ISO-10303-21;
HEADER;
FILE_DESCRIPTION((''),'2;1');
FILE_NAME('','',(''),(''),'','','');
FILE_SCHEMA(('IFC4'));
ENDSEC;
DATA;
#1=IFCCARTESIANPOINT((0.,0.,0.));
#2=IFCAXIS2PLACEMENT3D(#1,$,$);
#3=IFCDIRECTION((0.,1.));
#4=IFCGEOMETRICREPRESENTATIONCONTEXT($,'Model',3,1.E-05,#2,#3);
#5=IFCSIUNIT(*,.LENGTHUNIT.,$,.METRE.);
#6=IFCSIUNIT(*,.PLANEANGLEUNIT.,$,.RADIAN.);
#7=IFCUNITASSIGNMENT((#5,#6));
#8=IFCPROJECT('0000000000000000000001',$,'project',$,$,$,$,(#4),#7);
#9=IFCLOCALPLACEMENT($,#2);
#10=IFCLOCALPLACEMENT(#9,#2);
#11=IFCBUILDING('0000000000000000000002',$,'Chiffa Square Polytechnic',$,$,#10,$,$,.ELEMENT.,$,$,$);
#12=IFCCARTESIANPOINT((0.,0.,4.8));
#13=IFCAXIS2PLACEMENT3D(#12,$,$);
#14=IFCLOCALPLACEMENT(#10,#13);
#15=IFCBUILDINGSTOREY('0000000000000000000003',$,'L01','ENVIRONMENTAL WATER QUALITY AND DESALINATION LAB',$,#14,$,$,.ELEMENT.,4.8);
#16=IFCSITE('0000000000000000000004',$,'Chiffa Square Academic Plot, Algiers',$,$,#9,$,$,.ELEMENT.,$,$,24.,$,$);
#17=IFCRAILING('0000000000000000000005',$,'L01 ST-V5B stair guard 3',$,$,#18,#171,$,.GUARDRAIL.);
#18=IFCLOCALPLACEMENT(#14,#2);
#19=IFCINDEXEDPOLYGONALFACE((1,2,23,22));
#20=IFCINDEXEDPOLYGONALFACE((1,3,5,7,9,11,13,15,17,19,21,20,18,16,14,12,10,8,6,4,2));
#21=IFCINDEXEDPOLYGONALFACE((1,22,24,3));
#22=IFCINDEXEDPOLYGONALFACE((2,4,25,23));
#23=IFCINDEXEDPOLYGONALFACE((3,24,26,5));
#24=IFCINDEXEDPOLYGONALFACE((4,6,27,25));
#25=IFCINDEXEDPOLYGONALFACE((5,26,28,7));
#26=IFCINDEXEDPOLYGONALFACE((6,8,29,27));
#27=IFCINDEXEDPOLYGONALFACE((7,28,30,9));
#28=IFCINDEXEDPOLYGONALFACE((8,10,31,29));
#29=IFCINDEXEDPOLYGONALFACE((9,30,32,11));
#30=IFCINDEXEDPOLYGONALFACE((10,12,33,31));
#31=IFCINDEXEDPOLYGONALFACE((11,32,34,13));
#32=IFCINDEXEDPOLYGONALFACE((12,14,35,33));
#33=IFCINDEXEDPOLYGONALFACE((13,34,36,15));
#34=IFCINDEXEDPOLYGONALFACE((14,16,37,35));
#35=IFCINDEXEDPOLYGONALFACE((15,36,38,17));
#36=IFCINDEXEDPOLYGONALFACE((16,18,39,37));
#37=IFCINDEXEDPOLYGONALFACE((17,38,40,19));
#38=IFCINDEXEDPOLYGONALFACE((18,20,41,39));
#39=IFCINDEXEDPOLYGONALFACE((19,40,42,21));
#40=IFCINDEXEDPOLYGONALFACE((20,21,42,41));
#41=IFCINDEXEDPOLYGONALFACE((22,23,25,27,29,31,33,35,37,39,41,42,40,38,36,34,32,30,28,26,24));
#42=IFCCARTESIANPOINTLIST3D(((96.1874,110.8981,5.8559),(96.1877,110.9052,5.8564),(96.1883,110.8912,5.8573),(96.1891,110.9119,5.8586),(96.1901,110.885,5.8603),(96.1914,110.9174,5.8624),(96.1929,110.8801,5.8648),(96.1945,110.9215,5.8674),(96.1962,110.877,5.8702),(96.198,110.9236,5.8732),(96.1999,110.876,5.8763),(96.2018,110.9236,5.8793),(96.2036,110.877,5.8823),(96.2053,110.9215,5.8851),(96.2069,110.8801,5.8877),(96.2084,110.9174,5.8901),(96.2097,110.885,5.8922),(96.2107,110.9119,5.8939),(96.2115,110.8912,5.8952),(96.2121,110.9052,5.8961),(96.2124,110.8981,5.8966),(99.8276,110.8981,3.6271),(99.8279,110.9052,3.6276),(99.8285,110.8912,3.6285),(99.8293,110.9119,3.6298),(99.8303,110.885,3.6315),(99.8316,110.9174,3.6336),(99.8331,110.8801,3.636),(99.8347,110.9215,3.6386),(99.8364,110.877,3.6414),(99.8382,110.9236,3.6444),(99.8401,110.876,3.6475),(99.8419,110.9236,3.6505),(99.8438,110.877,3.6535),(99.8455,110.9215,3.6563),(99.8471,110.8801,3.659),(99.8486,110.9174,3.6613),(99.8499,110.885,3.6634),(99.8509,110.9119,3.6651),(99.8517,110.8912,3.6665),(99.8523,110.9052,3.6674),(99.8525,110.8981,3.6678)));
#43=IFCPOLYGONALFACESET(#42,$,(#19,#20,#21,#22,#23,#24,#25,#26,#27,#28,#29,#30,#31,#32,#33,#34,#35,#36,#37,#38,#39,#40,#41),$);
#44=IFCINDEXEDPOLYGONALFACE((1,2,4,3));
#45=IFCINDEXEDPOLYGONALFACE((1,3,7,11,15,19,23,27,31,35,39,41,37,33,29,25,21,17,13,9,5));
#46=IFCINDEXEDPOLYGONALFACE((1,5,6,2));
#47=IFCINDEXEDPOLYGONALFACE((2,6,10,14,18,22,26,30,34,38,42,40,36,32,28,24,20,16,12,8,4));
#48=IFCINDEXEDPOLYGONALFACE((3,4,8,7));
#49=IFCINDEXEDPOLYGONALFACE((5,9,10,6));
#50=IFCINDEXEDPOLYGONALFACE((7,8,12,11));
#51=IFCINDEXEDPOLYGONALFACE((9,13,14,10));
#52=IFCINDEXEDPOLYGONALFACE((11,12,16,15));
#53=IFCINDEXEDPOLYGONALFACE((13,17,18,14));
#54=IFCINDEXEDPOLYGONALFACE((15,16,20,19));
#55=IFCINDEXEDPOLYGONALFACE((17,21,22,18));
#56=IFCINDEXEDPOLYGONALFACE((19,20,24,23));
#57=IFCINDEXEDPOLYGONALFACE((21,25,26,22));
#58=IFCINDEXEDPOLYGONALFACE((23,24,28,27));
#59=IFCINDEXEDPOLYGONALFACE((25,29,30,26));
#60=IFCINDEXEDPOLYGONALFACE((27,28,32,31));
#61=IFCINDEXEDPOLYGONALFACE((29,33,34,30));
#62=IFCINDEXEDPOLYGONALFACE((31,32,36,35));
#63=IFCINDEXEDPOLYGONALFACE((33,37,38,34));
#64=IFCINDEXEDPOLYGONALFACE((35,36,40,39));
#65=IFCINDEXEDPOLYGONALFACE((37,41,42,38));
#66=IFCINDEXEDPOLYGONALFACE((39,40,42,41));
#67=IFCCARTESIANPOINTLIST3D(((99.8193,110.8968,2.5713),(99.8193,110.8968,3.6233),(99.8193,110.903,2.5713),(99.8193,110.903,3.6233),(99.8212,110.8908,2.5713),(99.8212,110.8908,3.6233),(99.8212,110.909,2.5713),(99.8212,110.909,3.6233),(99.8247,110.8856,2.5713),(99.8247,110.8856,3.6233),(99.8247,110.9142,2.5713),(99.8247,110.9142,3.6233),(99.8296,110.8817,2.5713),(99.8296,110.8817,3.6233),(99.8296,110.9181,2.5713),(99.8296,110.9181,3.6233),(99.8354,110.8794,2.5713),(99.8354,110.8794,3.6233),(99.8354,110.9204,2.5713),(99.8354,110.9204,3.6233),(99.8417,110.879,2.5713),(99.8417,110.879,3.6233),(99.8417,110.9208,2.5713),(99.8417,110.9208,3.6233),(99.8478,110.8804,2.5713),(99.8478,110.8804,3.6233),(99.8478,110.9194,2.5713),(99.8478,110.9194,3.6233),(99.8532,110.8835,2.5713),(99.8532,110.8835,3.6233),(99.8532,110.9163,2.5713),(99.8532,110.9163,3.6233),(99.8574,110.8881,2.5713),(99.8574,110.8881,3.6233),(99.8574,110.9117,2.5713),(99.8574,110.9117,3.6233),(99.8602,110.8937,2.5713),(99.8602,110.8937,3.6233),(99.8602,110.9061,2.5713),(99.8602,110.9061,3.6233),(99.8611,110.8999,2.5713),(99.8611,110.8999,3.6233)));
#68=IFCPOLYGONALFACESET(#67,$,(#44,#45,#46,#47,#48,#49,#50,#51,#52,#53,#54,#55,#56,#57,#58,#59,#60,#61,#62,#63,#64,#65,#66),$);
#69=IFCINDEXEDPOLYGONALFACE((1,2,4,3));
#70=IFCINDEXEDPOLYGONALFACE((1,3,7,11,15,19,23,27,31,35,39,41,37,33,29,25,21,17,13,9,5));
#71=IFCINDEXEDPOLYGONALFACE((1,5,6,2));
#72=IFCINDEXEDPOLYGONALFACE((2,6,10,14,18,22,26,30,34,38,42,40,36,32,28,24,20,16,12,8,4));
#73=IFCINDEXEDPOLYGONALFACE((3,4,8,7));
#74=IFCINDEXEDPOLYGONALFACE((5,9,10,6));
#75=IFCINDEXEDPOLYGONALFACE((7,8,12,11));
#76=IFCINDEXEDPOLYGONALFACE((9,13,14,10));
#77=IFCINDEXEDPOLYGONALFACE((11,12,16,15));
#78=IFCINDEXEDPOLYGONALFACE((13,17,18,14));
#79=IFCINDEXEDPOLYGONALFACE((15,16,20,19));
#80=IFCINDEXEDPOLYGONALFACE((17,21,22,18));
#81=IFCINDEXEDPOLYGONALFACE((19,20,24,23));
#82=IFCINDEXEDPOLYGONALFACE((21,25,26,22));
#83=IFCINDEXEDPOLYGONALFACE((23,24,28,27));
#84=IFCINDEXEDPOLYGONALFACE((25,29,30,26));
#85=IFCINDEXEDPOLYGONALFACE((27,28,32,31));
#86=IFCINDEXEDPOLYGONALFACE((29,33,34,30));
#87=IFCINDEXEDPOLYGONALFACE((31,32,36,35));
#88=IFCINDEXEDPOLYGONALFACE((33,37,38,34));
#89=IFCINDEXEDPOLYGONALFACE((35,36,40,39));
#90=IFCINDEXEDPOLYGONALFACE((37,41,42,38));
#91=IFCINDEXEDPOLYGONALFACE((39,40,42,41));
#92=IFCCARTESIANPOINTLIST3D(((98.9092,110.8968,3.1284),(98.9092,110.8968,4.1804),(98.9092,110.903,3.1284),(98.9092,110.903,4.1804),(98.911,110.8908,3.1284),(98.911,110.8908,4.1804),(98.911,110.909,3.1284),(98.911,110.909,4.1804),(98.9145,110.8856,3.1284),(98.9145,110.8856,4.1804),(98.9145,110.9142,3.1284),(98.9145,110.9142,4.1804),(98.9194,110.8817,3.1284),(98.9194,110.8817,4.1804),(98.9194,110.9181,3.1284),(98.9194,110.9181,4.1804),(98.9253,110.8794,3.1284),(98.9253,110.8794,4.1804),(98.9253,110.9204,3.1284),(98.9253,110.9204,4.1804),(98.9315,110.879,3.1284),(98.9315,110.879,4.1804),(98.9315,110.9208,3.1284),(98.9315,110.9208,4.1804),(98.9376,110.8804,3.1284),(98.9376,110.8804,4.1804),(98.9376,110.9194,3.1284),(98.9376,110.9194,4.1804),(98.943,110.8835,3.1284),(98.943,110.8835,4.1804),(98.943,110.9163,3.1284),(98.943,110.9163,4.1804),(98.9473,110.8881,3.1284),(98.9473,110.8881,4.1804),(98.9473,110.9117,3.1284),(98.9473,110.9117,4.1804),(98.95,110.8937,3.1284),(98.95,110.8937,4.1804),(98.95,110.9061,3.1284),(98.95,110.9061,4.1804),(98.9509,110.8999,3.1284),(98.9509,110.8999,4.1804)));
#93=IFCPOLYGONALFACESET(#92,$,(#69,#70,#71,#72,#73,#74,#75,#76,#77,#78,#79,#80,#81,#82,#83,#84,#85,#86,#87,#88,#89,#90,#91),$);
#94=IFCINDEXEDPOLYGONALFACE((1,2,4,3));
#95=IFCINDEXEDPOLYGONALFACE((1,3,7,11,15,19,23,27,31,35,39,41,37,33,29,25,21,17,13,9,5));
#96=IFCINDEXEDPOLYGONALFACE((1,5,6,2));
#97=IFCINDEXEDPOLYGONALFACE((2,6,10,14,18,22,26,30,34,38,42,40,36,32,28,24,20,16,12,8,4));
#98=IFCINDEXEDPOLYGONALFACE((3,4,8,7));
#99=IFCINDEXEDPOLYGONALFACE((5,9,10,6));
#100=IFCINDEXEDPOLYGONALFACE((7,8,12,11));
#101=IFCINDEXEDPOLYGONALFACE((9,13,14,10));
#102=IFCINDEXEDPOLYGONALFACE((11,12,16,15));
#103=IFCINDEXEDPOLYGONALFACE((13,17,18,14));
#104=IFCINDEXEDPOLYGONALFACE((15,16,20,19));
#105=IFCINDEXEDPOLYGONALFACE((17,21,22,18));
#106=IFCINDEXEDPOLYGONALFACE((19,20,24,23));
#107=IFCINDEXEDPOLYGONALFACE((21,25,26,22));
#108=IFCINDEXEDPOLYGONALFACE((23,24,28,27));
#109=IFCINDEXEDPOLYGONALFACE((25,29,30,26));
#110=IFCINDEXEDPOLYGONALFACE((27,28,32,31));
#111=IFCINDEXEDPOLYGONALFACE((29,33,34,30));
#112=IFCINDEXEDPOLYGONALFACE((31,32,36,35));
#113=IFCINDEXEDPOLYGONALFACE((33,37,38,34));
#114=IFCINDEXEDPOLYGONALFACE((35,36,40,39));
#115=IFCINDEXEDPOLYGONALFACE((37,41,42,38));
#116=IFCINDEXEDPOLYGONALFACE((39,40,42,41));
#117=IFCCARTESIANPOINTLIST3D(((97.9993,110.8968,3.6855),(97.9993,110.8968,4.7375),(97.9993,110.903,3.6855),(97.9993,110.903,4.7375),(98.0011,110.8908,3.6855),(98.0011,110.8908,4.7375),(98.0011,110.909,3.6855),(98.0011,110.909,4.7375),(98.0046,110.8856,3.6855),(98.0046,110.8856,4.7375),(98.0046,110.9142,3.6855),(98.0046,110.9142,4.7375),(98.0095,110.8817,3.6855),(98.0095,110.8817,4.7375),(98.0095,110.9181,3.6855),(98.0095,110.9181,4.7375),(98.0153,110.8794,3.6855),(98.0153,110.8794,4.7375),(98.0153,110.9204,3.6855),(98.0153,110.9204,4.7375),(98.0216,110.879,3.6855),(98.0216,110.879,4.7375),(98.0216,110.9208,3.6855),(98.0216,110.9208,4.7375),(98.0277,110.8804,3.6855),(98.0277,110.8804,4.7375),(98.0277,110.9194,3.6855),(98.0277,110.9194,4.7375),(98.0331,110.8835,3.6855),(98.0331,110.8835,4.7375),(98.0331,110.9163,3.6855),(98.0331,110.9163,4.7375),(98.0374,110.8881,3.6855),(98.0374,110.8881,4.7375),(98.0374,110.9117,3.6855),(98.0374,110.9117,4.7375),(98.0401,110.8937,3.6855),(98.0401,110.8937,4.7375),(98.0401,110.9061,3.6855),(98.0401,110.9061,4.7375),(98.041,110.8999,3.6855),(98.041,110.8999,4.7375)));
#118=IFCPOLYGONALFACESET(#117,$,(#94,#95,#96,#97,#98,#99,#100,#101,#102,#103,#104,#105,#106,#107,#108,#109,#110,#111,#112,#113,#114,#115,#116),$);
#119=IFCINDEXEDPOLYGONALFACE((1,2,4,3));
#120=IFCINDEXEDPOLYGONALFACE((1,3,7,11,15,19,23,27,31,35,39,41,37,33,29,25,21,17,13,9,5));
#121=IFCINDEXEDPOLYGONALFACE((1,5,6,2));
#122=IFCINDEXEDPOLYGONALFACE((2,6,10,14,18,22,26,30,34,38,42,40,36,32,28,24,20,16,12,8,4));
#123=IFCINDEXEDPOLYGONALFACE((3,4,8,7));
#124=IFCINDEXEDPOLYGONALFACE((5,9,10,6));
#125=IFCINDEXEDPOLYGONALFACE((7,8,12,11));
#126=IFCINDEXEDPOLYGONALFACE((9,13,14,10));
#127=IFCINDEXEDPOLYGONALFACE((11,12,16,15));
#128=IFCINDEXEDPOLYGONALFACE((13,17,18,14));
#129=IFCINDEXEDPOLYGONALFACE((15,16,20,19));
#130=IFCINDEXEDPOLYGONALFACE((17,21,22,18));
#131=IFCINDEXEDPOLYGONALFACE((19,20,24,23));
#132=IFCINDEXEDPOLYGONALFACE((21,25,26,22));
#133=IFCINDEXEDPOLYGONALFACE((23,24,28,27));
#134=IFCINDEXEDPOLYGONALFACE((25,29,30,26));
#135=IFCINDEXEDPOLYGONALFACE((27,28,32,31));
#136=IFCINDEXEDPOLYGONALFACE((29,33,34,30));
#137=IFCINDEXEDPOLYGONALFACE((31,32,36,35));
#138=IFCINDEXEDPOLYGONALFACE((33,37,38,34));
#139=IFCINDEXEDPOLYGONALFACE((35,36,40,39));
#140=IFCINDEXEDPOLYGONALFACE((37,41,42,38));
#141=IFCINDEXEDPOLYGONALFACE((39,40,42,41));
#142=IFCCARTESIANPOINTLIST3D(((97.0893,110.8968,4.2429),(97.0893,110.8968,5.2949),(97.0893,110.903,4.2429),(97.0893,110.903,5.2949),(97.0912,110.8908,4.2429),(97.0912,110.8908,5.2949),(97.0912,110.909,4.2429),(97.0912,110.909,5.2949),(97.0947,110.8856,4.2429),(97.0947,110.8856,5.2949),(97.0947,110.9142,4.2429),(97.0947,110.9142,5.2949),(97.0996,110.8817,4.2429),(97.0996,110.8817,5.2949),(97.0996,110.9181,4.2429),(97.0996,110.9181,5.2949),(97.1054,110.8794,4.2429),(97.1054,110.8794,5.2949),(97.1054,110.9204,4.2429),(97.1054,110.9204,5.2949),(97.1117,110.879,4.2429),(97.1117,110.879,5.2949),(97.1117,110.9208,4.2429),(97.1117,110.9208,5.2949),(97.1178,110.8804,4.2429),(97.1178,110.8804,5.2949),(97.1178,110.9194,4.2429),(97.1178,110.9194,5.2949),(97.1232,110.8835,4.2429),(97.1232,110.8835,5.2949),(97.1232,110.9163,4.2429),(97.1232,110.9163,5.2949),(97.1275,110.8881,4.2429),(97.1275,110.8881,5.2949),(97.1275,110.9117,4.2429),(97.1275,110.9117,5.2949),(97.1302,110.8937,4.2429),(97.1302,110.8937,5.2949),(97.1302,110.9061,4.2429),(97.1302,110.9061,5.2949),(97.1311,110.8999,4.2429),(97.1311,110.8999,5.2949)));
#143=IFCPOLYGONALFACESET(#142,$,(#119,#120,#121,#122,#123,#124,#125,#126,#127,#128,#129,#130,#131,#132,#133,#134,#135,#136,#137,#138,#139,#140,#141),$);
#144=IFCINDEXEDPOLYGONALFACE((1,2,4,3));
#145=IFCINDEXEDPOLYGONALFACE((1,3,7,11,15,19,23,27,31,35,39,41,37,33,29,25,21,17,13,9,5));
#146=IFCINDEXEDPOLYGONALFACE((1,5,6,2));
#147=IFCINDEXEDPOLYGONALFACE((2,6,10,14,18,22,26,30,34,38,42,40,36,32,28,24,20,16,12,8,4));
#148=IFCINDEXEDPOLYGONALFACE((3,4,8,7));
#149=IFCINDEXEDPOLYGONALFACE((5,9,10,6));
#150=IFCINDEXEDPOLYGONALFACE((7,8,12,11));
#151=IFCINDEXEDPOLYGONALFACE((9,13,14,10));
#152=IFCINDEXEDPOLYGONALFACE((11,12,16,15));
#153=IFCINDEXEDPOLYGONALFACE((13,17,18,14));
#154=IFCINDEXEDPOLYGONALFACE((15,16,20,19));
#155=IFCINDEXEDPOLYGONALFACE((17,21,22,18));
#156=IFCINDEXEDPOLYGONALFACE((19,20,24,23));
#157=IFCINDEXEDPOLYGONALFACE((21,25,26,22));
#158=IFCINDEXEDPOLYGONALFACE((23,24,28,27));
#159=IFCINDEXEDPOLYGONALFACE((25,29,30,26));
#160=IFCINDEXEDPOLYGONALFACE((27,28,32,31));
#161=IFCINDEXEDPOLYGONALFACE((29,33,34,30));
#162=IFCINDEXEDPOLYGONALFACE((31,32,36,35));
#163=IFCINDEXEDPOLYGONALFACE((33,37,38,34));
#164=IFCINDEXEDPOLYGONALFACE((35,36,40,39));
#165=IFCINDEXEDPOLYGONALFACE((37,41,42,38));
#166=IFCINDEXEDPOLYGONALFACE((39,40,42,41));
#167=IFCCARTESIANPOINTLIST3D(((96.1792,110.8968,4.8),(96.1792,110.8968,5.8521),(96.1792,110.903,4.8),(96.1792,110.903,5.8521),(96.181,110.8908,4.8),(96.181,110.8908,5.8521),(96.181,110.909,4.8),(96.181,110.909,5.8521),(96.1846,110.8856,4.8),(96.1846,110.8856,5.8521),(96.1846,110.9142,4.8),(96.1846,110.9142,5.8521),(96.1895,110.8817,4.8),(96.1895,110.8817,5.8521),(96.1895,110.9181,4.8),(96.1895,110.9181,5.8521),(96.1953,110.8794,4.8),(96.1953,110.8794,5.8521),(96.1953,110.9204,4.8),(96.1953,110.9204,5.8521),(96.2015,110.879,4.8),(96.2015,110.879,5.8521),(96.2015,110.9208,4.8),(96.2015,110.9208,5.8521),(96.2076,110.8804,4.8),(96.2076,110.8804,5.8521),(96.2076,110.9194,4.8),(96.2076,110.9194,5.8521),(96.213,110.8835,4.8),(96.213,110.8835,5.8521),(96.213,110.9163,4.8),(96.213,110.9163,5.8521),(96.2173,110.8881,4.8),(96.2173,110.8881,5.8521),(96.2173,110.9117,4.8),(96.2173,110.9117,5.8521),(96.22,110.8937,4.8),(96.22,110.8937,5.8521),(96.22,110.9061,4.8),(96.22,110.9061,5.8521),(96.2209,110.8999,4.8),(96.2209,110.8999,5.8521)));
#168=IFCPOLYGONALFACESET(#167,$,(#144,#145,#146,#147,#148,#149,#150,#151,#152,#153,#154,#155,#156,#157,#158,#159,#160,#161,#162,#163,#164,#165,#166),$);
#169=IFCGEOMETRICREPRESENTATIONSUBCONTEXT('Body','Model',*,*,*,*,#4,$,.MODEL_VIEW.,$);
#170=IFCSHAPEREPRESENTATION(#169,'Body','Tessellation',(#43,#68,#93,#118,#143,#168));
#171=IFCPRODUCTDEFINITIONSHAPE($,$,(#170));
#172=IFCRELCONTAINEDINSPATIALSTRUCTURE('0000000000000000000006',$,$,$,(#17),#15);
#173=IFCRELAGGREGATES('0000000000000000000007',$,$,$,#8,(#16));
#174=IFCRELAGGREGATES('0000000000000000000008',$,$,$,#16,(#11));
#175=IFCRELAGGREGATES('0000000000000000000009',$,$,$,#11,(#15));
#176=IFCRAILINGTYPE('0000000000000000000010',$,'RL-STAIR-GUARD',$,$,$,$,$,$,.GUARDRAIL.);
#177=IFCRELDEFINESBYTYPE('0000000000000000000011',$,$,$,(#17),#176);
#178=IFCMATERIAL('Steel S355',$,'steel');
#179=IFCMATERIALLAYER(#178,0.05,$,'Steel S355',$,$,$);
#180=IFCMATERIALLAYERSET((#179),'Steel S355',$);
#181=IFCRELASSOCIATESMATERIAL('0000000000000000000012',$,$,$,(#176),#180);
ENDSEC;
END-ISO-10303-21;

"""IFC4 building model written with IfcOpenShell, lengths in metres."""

from ifc_helpers import new_model, si_unit, direction, frame, origin, origin_2d, place, context, subcontext, project, spatial, circle, extrude, material, layer, layer_set, type_object, element, save


model = new_model("IFC4")

# Units and contexts
model_context = context("Model", 3, precision=1e-05, world=origin(), true_north=direction((0.0, 1.0)))
body_context = subcontext(model_context, "Body", "Model", "MODEL_VIEW")
ifc_project = project(units=[si_unit("LENGTHUNIT", "METRE"), si_unit("PLANEANGLEUNIT", "RADIAN")], contexts=[model_context])

# Site, building, storey
site_placement = place(None, origin())
site = spatial("IfcSite", under=ifc_project, at=site_placement, Name="Chiffa Square Academic Plot, Algiers", CompositionType="ELEMENT", RefElevation=24.0)
building_placement = place(site_placement, origin())
building = spatial("IfcBuilding", under=site, at=building_placement, Name="Chiffa Square Polytechnic", CompositionType="ELEMENT")
storey_placement = place(building_placement, frame((0.0, 0.0, 4.8)))
storey = spatial("IfcBuildingStorey", under=building, at=storey_placement, Name="L01", Description="ENVIRONMENTAL WATER QUALITY AND DESALINATION LAB", CompositionType="ELEMENT", Elevation=4.8)

# Railing
ifc_material_1 = material(Name="Steel S355", Category="steel")
ifc_layer_1 = layer(ifc_material_1, 0.05, Name="Steel S355")
ifc_layer_set_1 = layer_set([ifc_layer_1], Name="Steel S355")
railing_type_1 = type_object("IfcRailingType", Name="RL-STAIR-GUARD", PredefinedType="GUARDRAIL", material=ifc_layer_set_1)
railing_1_placement = place(storey_placement, frame((99.8401, 110.8999, 2.5713)))
element("IfcRailing", 1, at=railing_1_placement, inside=storey, type_object=railing_type_1, Name="L01 ST-V5B stair guard 3", PredefinedType="GUARDRAIL", context=body_context, shape_type="SweptSolid", body=[
    extrude(circle(Radius=0.0239, at=origin_2d()), frame((0.0, 0.0, 1.0762), z_axis=(-0.85284, 0.0, 0.522172), x_axis=(0.0, -1.0, 0.0)), (0.0, 0.0, 1.0), 4.2683),
    extrude(circle(Radius=0.021, at=origin_2d()), origin(), (0.0, 0.0, 1.0), 1.052),
    extrude(circle(Radius=0.021, at=origin_2d()), frame((-0.9102, 0.0, 0.5571)), (0.0, 0.0, 1.0), 1.052),
    extrude(circle(Radius=0.021, at=origin_2d()), frame((-1.8201, 0.0, 1.1143)), (0.0, 0.0, 1.0), 1.052),
    extrude(circle(Radius=0.021, at=origin_2d()), frame((-2.73, 0.0, 1.6716)), (0.0, 0.0, 1.0), 1.052),
    extrude(circle(Radius=0.021, at=origin_2d()), frame((-3.6401, 0.0, 2.2288)), (0.0, 0.0, 1.0), 1.052),
])

save(model, "model.ifc")
